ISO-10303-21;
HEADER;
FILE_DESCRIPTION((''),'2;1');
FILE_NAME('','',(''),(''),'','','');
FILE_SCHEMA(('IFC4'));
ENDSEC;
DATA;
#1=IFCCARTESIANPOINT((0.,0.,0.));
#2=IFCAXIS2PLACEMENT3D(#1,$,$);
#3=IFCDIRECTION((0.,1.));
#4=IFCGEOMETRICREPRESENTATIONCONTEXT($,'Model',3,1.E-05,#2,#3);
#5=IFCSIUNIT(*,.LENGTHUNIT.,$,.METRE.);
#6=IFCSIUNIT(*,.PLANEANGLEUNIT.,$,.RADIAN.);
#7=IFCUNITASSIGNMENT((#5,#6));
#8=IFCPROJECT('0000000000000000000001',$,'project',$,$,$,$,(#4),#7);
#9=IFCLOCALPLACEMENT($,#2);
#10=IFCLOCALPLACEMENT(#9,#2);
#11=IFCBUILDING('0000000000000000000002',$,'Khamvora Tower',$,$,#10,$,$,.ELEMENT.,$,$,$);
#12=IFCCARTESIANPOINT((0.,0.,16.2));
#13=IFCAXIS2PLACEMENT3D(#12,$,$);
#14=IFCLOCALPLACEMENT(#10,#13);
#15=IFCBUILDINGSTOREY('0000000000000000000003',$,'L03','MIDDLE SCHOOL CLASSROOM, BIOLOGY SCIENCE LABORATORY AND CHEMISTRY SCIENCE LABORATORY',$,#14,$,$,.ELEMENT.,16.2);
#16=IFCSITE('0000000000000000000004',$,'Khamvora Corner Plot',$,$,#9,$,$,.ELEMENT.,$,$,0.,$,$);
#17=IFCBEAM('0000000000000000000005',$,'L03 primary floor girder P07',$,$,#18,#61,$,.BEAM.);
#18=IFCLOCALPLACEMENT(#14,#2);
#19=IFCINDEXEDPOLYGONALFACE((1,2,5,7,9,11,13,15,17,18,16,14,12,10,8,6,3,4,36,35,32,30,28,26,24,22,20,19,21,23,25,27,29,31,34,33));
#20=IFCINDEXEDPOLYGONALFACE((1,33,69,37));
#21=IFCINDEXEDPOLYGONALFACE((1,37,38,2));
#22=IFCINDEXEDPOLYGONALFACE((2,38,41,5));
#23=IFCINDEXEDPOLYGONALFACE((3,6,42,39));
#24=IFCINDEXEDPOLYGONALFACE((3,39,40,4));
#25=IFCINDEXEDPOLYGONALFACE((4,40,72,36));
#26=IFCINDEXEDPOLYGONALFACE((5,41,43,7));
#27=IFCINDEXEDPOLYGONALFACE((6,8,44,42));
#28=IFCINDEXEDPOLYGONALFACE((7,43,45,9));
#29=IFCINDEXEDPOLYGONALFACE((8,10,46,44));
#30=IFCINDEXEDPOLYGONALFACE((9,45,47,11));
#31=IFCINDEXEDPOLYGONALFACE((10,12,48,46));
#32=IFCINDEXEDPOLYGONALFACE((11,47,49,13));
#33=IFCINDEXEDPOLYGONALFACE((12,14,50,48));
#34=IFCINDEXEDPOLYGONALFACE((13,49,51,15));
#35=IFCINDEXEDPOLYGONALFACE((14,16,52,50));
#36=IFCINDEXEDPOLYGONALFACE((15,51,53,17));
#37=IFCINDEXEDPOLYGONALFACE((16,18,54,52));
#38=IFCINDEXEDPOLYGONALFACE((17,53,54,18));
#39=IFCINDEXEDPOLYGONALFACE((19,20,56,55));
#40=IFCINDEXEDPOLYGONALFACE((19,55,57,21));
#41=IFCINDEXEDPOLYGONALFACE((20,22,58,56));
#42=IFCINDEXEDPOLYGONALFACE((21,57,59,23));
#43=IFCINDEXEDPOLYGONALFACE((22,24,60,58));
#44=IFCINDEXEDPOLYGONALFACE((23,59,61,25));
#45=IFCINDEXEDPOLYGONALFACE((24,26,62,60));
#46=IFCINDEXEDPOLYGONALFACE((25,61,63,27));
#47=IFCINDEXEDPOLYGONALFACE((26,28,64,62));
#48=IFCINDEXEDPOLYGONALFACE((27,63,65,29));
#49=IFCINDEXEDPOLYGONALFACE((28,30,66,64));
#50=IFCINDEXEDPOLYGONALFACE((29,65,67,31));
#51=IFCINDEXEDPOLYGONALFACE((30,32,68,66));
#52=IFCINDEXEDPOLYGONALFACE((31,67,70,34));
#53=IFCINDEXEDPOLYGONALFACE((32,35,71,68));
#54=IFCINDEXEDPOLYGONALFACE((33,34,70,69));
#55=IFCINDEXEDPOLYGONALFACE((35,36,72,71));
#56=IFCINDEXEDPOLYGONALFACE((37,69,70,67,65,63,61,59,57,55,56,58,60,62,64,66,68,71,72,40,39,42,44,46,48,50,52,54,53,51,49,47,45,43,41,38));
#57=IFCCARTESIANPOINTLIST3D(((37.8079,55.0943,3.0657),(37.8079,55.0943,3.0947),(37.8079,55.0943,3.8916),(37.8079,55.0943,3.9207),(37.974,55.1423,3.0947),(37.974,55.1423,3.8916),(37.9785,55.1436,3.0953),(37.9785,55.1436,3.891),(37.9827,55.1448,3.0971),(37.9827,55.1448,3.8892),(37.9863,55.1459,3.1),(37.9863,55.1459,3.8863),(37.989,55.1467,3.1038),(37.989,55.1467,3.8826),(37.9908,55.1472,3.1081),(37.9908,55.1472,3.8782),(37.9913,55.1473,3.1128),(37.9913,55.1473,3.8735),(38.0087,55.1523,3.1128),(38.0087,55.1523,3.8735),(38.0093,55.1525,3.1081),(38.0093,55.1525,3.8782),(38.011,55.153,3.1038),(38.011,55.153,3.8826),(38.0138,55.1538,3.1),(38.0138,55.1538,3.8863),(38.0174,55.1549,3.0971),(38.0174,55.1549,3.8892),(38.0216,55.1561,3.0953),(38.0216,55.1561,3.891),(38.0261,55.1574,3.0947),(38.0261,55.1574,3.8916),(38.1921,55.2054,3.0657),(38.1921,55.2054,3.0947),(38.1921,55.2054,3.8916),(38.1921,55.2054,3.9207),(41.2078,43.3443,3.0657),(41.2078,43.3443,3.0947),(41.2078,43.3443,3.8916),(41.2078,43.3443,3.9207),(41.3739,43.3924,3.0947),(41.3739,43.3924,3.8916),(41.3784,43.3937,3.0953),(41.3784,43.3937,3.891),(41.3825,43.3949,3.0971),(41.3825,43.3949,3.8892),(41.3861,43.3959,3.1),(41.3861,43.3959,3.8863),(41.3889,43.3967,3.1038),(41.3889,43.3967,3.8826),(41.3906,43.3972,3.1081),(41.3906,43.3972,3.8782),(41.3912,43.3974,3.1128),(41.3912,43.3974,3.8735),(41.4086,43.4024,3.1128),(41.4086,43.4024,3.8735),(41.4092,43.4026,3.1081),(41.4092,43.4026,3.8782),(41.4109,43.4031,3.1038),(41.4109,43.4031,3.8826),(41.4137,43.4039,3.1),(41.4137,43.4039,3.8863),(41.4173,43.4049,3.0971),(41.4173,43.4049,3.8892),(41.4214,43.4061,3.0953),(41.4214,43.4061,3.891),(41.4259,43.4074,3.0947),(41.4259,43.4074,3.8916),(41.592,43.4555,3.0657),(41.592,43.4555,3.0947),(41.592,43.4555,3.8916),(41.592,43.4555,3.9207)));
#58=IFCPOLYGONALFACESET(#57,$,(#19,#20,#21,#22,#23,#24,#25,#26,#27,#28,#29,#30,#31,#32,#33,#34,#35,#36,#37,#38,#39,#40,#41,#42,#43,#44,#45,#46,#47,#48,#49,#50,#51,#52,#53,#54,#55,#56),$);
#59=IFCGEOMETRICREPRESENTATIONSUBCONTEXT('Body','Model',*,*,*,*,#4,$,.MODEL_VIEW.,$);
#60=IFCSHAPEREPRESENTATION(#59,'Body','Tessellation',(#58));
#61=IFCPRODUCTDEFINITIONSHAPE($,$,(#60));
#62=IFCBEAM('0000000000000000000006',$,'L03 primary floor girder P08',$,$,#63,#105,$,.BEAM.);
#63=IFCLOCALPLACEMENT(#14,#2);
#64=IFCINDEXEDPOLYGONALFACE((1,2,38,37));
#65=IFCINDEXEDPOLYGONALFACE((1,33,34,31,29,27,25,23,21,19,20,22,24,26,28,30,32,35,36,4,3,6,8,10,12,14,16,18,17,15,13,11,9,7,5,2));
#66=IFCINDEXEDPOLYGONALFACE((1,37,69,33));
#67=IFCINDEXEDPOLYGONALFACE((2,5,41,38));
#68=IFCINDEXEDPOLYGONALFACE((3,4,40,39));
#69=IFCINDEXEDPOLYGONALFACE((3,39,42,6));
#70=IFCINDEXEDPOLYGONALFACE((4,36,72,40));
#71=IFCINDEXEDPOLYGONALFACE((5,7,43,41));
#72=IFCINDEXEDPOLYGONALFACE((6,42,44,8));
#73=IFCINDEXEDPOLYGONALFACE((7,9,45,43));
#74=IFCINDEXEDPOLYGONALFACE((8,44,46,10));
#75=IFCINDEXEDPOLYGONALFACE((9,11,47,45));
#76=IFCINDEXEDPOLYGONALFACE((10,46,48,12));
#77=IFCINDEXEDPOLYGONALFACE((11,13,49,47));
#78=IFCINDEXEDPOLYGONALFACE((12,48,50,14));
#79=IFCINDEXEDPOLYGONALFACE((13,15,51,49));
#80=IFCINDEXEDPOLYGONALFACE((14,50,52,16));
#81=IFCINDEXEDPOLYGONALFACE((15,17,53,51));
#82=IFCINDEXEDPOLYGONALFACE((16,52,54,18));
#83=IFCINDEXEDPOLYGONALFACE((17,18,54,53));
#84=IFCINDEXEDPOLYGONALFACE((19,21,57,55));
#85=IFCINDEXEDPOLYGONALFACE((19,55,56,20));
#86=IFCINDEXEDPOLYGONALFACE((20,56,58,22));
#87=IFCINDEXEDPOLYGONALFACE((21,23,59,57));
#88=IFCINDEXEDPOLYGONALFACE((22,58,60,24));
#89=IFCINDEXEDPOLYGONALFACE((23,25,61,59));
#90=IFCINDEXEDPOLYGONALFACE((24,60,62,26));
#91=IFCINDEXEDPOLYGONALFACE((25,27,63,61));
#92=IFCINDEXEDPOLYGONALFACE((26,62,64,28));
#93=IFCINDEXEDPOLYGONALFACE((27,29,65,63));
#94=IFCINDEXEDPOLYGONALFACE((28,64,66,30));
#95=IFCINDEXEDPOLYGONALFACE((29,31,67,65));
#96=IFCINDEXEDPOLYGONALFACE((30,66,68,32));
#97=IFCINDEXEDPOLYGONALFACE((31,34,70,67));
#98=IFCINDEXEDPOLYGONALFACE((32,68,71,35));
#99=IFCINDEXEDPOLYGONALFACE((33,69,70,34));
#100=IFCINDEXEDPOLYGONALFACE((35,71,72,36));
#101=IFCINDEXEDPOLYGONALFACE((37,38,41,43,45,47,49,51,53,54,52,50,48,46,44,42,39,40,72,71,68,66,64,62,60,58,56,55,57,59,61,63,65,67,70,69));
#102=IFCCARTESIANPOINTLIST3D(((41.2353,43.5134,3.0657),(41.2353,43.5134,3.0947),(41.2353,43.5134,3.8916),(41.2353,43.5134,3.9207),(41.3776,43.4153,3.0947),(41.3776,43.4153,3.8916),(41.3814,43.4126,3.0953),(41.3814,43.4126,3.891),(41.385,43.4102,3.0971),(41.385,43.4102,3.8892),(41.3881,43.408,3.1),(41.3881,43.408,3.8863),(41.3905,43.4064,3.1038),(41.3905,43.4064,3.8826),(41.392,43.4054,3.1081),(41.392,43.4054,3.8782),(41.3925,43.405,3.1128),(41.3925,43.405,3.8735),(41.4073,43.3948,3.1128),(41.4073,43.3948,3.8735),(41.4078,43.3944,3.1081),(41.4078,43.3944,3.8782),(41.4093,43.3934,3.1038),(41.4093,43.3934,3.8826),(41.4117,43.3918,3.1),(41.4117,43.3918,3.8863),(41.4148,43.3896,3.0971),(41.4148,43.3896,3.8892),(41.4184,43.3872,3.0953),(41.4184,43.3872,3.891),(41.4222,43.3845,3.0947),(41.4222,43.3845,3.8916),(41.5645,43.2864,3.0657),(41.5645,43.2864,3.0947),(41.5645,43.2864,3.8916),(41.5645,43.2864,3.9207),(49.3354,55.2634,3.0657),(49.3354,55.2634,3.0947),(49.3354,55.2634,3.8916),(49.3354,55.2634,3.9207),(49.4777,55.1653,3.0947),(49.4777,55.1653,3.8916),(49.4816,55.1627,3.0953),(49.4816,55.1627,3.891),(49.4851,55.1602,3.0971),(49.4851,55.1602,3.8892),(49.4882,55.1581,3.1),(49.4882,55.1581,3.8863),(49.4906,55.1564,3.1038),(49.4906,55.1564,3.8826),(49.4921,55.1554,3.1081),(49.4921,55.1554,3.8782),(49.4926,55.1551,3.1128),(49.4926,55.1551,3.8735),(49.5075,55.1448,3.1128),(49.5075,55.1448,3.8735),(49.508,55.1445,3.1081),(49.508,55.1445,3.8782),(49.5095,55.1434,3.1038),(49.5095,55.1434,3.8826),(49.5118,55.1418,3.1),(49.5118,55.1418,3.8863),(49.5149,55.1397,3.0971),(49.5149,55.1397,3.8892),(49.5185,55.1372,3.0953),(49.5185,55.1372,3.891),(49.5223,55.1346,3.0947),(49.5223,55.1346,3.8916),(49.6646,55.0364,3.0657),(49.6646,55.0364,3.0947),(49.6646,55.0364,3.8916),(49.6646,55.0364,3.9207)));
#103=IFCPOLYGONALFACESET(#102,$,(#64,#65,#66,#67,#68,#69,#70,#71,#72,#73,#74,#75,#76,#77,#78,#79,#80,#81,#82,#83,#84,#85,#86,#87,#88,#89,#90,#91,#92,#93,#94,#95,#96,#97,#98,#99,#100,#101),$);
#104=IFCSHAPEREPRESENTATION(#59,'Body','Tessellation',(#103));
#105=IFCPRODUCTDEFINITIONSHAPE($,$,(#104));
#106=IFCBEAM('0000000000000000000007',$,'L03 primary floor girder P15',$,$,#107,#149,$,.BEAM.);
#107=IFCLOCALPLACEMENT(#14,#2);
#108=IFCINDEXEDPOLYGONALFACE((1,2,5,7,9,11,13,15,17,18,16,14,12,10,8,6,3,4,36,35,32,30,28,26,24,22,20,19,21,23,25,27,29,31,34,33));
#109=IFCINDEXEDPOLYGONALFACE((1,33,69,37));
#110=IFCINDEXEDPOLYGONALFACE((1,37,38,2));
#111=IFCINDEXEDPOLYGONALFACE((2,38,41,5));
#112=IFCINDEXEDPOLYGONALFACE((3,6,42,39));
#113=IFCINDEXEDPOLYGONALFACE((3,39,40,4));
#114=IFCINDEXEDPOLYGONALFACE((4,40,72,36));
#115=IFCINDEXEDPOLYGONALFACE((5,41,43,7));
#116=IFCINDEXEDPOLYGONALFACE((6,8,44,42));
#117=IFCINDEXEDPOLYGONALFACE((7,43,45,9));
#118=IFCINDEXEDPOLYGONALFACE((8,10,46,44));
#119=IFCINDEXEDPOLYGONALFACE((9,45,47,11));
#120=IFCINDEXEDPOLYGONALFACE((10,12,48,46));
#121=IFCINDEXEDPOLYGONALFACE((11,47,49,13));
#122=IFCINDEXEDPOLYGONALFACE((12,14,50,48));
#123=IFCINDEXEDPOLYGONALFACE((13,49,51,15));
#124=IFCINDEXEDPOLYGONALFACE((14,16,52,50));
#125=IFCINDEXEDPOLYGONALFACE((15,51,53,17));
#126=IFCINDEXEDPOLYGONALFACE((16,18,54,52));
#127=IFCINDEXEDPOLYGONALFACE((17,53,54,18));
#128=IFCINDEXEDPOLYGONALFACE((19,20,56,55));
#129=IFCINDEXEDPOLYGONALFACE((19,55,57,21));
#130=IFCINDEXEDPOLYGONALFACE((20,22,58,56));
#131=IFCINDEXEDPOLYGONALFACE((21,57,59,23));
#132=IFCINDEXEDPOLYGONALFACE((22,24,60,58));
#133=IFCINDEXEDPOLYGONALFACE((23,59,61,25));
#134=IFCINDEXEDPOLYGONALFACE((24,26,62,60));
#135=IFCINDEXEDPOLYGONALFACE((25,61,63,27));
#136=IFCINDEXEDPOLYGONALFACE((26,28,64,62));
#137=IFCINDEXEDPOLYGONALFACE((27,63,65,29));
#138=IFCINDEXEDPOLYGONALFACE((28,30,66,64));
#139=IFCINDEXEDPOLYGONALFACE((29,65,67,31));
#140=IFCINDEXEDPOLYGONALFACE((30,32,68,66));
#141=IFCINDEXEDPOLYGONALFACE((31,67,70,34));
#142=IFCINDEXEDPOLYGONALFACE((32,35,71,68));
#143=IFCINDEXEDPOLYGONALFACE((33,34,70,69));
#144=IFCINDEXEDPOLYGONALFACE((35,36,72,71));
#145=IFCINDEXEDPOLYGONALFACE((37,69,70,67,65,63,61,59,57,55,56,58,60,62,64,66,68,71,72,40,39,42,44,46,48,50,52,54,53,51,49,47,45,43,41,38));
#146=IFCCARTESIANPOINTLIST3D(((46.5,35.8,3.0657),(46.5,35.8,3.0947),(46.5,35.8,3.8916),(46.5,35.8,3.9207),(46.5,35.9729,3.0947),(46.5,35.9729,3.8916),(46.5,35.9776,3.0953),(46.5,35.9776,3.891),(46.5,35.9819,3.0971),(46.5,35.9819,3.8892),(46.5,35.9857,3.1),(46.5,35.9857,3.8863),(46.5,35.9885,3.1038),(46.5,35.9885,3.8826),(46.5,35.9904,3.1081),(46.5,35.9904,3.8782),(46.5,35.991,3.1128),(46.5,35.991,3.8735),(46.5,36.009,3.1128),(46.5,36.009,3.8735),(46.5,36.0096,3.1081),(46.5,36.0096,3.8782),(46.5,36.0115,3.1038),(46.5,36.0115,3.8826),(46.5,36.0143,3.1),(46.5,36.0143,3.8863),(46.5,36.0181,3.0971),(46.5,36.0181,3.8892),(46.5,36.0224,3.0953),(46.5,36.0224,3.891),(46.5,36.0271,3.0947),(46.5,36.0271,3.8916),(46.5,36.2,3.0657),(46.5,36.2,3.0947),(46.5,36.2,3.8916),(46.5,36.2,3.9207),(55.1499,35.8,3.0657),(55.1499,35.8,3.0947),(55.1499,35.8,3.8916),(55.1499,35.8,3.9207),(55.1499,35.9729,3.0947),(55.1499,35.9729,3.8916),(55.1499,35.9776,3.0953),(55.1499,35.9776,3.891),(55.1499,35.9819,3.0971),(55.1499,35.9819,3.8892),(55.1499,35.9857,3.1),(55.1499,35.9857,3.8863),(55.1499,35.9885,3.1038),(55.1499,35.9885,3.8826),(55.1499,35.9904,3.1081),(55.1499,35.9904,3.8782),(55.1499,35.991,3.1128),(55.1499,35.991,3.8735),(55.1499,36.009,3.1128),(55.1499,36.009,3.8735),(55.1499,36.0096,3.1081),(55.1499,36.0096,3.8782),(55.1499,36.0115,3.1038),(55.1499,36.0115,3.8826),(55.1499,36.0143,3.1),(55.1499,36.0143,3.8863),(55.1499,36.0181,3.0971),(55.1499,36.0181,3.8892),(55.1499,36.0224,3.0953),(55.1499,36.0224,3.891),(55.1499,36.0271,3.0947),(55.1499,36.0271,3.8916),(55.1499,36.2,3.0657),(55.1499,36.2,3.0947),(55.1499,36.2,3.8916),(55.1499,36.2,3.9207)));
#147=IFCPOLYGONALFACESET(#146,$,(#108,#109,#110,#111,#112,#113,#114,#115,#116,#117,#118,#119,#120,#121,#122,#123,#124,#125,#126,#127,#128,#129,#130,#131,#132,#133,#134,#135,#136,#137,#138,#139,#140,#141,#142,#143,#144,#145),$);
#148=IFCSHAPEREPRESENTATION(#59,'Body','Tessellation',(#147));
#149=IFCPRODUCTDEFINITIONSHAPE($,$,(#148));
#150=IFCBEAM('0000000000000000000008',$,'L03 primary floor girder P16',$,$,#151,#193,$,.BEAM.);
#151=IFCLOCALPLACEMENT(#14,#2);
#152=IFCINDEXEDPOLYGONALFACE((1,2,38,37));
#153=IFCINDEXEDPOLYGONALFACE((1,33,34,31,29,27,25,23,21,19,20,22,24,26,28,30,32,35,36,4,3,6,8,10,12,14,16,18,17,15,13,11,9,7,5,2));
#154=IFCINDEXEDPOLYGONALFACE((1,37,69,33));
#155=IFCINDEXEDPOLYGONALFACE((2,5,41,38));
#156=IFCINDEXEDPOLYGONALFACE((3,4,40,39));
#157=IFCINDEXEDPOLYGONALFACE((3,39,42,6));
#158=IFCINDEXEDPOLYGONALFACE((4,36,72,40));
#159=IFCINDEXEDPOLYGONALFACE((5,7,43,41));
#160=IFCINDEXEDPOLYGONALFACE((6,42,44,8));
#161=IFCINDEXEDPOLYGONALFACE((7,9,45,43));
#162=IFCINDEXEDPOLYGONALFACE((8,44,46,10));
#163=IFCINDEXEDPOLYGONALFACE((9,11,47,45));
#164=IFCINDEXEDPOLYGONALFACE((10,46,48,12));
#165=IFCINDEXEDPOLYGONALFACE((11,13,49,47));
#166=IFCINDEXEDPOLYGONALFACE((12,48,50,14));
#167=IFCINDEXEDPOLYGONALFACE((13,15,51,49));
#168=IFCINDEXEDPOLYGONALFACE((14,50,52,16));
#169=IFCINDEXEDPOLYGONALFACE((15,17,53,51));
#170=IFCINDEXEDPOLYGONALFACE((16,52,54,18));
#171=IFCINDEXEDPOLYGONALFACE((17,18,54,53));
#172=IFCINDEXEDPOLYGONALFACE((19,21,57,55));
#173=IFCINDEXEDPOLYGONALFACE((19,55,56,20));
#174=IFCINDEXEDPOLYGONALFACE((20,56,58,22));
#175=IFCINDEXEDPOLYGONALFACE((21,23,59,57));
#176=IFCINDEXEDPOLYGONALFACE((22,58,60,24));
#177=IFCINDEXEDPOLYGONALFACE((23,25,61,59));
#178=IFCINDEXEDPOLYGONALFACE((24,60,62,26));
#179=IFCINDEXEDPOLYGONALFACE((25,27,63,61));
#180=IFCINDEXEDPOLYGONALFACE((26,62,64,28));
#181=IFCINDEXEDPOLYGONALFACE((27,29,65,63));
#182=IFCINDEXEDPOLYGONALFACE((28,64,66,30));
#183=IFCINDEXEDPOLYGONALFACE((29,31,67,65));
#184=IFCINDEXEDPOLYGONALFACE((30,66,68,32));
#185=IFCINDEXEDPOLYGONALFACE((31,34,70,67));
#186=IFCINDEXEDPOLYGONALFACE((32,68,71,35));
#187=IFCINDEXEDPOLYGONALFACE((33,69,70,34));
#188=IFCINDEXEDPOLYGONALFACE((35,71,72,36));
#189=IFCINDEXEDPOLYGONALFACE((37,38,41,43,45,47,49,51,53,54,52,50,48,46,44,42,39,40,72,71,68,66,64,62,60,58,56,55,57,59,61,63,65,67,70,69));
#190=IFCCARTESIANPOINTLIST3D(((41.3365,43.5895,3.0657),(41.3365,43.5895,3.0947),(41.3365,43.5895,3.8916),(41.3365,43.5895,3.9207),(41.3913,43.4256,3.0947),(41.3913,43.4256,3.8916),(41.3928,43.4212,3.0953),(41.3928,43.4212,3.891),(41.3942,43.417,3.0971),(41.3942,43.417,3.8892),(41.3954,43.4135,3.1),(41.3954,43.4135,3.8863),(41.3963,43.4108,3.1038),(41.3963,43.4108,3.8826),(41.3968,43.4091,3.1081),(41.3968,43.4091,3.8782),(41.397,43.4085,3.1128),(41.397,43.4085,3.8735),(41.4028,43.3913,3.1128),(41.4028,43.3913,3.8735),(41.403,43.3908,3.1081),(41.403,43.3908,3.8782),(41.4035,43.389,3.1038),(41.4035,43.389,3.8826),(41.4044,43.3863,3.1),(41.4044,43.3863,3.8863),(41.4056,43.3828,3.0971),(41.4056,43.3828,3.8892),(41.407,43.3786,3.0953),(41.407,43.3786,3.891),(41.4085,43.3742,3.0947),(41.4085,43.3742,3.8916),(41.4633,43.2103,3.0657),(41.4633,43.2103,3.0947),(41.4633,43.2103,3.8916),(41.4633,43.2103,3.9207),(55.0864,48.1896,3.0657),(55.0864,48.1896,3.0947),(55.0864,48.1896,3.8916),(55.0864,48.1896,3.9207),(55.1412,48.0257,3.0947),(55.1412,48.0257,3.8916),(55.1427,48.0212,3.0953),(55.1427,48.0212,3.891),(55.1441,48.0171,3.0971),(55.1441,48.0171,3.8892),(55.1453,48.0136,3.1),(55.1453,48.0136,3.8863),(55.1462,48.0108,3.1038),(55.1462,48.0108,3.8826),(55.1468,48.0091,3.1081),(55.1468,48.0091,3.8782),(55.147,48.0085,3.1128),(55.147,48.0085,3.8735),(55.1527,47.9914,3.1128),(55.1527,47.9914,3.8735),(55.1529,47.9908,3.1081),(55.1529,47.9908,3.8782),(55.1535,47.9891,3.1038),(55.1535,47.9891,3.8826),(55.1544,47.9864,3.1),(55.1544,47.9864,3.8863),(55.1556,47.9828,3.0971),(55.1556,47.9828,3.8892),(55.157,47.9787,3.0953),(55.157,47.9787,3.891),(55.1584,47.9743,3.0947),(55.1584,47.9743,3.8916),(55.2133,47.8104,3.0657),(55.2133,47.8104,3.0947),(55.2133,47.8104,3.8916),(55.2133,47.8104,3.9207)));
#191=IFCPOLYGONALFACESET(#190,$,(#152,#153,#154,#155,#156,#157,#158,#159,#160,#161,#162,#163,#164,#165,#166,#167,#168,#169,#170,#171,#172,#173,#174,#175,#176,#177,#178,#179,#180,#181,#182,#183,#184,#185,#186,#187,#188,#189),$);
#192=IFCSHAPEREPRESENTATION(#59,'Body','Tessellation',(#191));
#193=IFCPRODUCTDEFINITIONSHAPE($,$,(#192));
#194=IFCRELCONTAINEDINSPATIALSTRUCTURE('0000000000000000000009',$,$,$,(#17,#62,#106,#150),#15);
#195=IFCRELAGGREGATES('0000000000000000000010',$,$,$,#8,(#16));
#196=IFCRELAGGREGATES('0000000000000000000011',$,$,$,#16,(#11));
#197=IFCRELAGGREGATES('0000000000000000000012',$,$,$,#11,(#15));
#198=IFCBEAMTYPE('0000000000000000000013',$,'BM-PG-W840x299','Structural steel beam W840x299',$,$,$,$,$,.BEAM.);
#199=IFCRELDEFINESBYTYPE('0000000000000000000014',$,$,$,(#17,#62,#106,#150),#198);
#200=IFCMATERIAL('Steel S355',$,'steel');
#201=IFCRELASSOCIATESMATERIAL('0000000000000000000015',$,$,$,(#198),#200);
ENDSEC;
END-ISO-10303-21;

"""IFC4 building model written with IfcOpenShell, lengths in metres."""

from ifc_helpers import new_model, si_unit, direction, frame, origin, origin_2d, place, context, subcontext, project, spatial, i_section, extrude, material, material_profile, profile_set, type_object, element, save


model = new_model("IFC4")

# Units and contexts
model_context = context("Model", 3, precision=1e-05, world=origin(), true_north=direction((0.0, 1.0)))
body_context = subcontext(model_context, "Body", "Model", "MODEL_VIEW")
ifc_project = project(units=[si_unit("LENGTHUNIT", "METRE"), si_unit("PLANEANGLEUNIT", "RADIAN")], contexts=[model_context])

# Site, building, storey
site_placement = place(None, origin())
site = spatial("IfcSite", under=ifc_project, at=site_placement, Name="Khamvora Corner Plot", CompositionType="ELEMENT", RefElevation=0.0)
building_placement = place(site_placement, origin())
building = spatial("IfcBuilding", under=site, at=building_placement, Name="Khamvora Tower", CompositionType="ELEMENT")
storey_placement = place(building_placement, frame((0.0, 0.0, 16.2)))
storey = spatial("IfcBuildingStorey", under=building, at=storey_placement, Name="L03", Description="MIDDLE SCHOOL CLASSROOM, BIOLOGY SCIENCE LABORATORY AND CHEMISTRY SCIENCE LABORATORY", CompositionType="ELEMENT", Elevation=16.2)

# Beams
ifc_material_1 = material(Name="Steel S355", Category="steel")
ifc_material_profile_1 = material_profile(ifc_material_1, i_section(OverallWidth=0.3999, OverallDepth=0.855, WebThickness=0.0181, FlangeThickness=0.0291, FilletRadius=0.0181, at=origin_2d()), Name="W840x299")
ifc_profile_set_1 = profile_set([ifc_material_profile_1], Name="Steel S355")
beam_type_1 = type_object("IfcBeamType", Name="BM-PG-W840x299", Description="Structural steel beam W840x299", PredefinedType="BEAM", material=ifc_profile_set_1)
beam_1_placement = place(storey_placement, frame((41.3999, 43.3999, 3.4932), z_axis=(-0.277951, 0.960595, 0.0), x_axis=(-0.960595, -0.277951, 0.0)))
element("IfcBeam", 1, at=beam_1_placement, inside=storey, type_object=beam_type_1, Name="L03 primary floor girder P07", PredefinedType="BEAM", context=body_context, shape_type="SweptSolid", body=[
    extrude(i_section(OverallWidth=0.3999, OverallDepth=0.855, WebThickness=0.0181, FlangeThickness=0.0291, FilletRadius=0.0181, at=origin_2d()), origin(), (0.0, 0.0, 1.0), 12.2319),
])
beam_2_placement = place(storey_placement, frame((41.3999, 43.3999, 3.4932), z_axis=(0.567574, 0.823322, 0.0), x_axis=(-0.823322, 0.567574, 0.0)))
element("IfcBeam", 2, at=beam_2_placement, inside=storey, type_object=beam_type_1, Name="L03 primary floor girder P08", PredefinedType="BEAM", context=body_context, shape_type="SweptSolid", body=[
    extrude(i_section(OverallWidth=0.3999, OverallDepth=0.855, WebThickness=0.0181, FlangeThickness=0.0291, FilletRadius=0.0181, at=origin_2d()), origin(), (0.0, 0.0, 1.0), 14.2715),
])
beam_3_placement = place(storey_placement, frame((46.5, 36.0, 3.4932), z_axis=(1.0, 0.0, 0.0), x_axis=(0.0, 1.0, 0.0)))
element("IfcBeam", 3, at=beam_3_placement, inside=storey, type_object=beam_type_1, Name="L03 primary floor girder P15", PredefinedType="BEAM", context=body_context, shape_type="SweptSolid", body=[
    extrude(i_section(OverallWidth=0.3999, OverallDepth=0.855, WebThickness=0.0181, FlangeThickness=0.0291, FilletRadius=0.0181, at=origin_2d()), origin(), (0.0, 0.0, 1.0), 8.6499),
])
beam_4_placement = place(storey_placement, frame((41.3999, 43.3999, 3.4932), z_axis=(0.948336, 0.317268, 0.0), x_axis=(-0.317268, 0.948336, 0.0)))
element("IfcBeam", 4, at=beam_4_placement, inside=storey, type_object=beam_type_1, Name="L03 primary floor girder P16", PredefinedType="BEAM", context=body_context, shape_type="SweptSolid", body=[
    extrude(i_section(OverallWidth=0.3999, OverallDepth=0.855, WebThickness=0.0181, FlangeThickness=0.0291, FilletRadius=0.0181, at=origin_2d()), origin(), (0.0, 0.0, 1.0), 14.499),
])

save(model, "model.ifc")
